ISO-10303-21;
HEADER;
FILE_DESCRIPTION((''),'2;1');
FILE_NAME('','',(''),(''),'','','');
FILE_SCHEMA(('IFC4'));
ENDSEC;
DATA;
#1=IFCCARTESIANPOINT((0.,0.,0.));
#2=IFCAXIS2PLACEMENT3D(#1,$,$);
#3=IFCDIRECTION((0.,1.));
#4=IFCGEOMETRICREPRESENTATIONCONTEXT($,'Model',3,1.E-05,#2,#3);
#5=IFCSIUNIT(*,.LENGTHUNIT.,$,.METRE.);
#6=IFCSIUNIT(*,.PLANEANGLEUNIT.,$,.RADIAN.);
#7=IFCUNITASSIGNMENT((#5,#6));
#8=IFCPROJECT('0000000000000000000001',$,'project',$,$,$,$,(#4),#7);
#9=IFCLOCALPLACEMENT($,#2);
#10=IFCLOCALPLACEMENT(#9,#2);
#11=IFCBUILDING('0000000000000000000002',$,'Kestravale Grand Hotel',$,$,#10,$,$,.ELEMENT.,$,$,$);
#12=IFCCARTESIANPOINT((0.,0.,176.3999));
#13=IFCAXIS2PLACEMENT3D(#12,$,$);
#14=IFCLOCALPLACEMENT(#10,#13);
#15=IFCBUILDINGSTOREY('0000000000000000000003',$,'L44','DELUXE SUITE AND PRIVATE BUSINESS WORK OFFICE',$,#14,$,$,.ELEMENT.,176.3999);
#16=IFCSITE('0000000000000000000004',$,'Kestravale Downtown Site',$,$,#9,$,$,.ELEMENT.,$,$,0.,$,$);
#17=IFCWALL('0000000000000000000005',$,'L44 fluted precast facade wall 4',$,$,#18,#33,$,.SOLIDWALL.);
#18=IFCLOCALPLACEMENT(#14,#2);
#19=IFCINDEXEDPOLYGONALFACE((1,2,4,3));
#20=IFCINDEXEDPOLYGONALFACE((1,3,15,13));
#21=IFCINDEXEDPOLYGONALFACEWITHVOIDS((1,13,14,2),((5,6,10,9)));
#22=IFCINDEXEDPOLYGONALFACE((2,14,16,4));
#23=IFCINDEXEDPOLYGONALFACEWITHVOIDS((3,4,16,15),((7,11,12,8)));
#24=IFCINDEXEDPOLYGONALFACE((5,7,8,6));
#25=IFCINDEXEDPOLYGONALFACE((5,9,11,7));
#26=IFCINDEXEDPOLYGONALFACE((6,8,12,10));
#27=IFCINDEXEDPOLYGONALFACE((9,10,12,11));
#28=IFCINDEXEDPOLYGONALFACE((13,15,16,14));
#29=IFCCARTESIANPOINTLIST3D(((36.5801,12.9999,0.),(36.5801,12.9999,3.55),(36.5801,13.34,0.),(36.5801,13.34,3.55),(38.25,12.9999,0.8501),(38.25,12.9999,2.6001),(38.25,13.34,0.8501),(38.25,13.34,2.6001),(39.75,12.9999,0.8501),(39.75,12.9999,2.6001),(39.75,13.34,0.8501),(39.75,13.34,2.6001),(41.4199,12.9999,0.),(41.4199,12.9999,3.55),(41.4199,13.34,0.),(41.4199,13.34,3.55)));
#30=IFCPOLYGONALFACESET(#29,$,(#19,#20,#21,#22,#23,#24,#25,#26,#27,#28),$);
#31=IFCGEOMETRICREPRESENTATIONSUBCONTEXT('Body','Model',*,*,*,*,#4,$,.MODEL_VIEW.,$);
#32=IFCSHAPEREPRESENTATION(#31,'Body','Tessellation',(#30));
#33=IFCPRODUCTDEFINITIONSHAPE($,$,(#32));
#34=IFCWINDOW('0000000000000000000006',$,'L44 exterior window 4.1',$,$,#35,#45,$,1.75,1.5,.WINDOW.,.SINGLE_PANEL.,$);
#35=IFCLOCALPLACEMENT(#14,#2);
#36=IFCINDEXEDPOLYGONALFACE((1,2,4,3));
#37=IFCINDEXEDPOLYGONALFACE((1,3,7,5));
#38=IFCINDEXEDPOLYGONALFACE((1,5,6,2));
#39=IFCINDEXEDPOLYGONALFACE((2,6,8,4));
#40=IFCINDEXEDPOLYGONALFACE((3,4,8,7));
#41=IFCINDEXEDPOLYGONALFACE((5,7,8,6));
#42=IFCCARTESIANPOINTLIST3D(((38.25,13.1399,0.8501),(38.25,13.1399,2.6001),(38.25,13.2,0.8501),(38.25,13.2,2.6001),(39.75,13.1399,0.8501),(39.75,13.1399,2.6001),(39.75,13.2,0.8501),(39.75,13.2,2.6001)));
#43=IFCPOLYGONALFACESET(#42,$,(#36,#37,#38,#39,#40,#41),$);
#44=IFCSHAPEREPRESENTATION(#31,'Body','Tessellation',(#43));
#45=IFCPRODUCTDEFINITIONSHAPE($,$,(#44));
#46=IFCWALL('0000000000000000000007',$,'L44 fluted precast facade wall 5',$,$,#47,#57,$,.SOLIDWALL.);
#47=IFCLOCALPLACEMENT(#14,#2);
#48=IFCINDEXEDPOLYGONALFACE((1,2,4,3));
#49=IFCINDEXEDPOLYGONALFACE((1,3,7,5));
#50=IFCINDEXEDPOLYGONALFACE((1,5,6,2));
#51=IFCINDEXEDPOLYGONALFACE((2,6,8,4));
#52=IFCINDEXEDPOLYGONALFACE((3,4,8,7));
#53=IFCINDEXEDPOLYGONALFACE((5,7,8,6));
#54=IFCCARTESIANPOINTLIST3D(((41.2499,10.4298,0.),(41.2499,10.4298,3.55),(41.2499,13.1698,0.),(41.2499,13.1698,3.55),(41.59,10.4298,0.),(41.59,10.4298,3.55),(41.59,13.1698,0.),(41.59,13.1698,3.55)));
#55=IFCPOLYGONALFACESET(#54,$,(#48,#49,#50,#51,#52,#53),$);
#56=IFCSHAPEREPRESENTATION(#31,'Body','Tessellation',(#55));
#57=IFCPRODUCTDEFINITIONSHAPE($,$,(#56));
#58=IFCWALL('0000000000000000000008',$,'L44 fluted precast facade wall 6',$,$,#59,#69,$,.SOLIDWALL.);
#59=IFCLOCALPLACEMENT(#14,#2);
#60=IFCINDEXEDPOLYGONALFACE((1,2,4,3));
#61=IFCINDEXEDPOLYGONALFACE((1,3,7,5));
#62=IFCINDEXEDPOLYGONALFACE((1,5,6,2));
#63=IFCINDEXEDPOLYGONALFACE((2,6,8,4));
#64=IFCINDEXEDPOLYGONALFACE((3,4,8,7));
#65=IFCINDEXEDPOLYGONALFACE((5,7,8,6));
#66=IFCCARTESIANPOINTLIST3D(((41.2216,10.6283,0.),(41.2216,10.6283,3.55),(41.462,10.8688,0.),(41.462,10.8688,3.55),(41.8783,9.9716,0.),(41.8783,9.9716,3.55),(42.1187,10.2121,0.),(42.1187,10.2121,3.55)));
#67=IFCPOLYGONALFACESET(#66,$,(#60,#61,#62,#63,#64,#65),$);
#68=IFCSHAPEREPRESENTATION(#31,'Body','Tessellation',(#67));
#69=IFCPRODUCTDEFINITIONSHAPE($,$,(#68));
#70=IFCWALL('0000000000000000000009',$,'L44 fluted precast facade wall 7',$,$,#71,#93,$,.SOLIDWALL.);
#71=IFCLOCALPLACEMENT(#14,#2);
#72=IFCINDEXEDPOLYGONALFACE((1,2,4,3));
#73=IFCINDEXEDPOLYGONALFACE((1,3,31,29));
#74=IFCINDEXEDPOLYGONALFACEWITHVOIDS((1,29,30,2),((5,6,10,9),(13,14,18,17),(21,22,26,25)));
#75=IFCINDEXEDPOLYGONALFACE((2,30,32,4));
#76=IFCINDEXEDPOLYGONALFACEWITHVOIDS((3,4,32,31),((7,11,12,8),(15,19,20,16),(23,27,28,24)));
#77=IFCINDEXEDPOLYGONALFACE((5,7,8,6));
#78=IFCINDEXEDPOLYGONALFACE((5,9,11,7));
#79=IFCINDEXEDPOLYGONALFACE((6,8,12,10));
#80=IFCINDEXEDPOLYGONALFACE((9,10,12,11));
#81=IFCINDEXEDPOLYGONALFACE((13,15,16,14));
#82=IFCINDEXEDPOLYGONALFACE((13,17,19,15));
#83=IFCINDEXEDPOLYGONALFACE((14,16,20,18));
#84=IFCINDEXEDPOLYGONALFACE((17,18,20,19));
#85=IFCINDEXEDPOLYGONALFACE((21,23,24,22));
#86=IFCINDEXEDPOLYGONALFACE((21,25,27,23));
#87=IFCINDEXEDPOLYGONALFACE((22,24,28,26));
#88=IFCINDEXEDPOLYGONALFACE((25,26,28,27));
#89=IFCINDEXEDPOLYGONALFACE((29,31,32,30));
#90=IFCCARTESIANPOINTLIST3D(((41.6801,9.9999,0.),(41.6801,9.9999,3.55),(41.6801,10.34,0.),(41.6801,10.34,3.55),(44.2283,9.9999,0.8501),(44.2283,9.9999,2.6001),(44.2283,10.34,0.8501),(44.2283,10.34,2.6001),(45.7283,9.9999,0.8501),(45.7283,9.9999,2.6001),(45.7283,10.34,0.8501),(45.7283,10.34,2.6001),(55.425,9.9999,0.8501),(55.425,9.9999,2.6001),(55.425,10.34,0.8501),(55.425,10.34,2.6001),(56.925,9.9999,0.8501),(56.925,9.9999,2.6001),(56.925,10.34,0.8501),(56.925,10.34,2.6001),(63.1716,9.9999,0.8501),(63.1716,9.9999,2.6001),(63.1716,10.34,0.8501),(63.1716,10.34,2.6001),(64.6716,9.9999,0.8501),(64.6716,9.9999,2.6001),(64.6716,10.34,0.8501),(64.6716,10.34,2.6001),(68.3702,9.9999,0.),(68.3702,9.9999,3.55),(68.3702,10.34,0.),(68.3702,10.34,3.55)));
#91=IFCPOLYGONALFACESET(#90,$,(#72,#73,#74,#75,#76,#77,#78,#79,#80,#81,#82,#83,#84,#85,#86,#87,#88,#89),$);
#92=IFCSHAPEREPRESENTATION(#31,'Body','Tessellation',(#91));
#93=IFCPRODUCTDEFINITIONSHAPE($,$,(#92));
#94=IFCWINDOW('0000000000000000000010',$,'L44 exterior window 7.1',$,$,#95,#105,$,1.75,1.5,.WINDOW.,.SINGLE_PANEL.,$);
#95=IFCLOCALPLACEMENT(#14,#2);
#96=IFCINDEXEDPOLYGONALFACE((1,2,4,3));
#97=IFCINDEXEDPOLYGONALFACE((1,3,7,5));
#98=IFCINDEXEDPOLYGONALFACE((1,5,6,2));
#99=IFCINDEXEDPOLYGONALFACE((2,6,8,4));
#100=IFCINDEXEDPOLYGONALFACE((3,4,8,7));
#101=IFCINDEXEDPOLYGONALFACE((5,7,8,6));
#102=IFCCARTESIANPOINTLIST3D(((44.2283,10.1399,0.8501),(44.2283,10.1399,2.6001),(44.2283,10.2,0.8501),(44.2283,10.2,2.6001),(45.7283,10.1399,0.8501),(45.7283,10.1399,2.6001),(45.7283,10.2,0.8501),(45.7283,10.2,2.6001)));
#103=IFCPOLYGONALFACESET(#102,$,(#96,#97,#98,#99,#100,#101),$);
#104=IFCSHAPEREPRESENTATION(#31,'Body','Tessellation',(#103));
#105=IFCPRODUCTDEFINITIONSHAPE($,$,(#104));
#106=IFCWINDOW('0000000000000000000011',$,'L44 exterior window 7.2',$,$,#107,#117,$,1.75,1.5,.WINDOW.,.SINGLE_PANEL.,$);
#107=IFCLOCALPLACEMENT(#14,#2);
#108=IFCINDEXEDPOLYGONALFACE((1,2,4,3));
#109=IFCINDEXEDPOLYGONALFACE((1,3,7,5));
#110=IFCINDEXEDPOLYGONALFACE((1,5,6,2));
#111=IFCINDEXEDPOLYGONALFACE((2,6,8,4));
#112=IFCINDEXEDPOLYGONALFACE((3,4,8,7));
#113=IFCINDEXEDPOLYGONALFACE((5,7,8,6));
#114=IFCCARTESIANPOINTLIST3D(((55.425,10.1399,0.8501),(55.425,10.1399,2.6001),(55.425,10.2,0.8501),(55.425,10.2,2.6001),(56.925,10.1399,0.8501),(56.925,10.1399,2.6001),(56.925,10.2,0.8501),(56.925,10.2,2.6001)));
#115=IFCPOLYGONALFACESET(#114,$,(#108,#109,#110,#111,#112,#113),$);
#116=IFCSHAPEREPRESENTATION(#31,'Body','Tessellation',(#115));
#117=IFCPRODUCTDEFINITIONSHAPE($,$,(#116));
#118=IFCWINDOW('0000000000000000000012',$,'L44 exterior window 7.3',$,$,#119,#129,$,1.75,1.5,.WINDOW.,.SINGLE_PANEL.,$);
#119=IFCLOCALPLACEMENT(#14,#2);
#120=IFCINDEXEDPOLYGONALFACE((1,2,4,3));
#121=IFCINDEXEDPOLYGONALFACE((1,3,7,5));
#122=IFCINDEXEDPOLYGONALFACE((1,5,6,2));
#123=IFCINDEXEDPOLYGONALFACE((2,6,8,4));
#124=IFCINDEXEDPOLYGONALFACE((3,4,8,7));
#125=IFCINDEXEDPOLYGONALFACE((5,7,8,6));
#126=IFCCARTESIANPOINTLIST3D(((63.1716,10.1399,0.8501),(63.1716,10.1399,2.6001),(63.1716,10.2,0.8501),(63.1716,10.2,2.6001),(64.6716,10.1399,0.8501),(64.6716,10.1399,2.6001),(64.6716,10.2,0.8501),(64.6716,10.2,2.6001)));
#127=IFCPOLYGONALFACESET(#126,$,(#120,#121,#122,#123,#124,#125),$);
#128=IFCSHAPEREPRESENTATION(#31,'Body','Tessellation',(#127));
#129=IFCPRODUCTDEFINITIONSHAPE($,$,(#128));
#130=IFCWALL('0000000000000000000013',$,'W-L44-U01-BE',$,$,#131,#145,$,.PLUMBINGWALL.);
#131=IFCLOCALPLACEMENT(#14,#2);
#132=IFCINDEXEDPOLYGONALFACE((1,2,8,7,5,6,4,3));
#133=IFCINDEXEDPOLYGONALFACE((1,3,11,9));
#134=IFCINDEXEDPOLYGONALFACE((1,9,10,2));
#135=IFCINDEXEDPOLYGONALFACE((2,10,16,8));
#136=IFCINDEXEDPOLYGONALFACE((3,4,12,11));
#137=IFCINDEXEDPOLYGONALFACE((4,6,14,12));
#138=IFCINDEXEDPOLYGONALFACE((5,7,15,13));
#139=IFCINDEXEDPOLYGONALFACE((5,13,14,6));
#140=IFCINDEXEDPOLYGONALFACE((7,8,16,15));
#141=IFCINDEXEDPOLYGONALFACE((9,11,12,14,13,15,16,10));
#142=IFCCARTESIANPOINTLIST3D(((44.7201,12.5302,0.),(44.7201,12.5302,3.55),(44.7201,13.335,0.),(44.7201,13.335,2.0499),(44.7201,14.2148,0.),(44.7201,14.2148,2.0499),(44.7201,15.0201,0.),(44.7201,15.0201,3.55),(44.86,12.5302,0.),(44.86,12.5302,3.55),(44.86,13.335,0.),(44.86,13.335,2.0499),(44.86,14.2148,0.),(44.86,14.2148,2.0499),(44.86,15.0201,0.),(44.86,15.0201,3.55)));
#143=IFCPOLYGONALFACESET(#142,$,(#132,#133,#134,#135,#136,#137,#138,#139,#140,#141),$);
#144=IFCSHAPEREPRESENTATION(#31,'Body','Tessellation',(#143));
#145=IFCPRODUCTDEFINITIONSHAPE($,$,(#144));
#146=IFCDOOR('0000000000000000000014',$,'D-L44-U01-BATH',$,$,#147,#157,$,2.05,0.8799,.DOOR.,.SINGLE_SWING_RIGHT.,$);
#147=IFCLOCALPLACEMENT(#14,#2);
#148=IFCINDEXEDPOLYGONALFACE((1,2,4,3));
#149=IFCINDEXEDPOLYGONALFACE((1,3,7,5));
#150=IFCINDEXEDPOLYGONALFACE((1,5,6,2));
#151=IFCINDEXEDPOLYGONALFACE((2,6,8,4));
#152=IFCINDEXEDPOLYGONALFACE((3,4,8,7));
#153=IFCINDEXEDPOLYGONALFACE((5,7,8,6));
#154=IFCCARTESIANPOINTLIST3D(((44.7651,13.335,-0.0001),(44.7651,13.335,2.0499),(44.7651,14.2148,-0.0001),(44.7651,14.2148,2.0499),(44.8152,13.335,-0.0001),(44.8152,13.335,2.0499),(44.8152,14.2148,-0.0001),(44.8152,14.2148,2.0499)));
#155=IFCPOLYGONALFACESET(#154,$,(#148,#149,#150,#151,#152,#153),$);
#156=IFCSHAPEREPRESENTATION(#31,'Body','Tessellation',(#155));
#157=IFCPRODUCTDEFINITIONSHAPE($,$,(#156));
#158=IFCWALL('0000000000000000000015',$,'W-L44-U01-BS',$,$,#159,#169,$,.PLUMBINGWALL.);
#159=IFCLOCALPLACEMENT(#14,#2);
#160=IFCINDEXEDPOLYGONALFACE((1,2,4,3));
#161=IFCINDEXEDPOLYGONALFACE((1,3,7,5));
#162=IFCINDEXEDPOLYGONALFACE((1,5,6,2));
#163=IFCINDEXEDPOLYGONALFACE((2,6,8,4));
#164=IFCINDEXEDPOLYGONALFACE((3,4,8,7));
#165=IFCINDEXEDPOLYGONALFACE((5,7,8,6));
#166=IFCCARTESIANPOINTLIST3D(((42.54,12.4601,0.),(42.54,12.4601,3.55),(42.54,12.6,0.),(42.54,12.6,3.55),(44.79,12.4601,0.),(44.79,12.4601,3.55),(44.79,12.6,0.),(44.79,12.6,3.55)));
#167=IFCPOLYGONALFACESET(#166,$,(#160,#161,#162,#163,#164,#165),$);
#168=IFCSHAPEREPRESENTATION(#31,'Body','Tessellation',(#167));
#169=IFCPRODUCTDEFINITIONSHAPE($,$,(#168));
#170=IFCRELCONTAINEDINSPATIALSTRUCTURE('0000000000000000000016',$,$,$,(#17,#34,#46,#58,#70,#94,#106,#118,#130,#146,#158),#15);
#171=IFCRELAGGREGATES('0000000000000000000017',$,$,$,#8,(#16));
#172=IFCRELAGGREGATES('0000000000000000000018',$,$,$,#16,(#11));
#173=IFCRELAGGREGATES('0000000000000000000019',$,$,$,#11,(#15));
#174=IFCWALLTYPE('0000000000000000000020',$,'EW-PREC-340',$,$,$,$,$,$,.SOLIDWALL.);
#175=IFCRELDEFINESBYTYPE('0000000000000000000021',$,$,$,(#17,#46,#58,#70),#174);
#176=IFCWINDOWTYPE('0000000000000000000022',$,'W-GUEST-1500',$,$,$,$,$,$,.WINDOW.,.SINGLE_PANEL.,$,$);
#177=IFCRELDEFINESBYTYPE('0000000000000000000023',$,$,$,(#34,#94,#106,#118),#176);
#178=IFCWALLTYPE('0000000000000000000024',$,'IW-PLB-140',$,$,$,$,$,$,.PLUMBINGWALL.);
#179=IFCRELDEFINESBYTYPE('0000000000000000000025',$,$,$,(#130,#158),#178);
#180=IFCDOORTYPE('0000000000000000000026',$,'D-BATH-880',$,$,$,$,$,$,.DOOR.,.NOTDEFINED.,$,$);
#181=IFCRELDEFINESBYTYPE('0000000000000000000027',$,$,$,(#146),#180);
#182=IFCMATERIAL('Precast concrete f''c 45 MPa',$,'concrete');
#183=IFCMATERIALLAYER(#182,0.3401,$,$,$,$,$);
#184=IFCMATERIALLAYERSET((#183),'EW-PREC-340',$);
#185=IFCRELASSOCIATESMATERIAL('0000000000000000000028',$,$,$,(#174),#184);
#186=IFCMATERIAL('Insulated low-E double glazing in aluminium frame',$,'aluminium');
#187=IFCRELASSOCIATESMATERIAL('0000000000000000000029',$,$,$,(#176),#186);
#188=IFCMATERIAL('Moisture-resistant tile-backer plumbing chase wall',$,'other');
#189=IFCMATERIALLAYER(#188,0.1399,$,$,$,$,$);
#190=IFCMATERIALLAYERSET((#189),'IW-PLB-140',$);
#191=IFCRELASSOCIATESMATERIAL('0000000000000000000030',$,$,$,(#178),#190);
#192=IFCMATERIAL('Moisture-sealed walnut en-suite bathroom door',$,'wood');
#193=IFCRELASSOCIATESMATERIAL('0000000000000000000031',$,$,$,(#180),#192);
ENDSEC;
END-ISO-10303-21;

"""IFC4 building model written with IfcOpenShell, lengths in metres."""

from ifc_helpers import new_model, si_unit, direction, frame, frame_2d, origin, place, context, subcontext, project, spatial, rectangle, extrude, material, layer, layer_set, type_object, element, fill, save


model = new_model("IFC4")

# Units and contexts
model_context = context("Model", 3, precision=1e-05, world=origin(), true_north=direction((0.0, 1.0)))
body_context = subcontext(model_context, "Body", "Model", "MODEL_VIEW")
ifc_project = project(units=[si_unit("LENGTHUNIT", "METRE"), si_unit("PLANEANGLEUNIT", "RADIAN")], contexts=[model_context])

# Site, building, storey
site_placement = place(None, origin())
site = spatial("IfcSite", under=ifc_project, at=site_placement, Name="Kestravale Downtown Site", CompositionType="ELEMENT", RefElevation=0.0)
building_placement = place(site_placement, origin())
building = spatial("IfcBuilding", under=site, at=building_placement, Name="Kestravale Grand Hotel", CompositionType="ELEMENT")
storey_placement = place(building_placement, frame((0.0, 0.0, 176.3999)))
storey = spatial("IfcBuildingStorey", under=building, at=storey_placement, Name="L44", Description="DELUXE SUITE AND PRIVATE BUSINESS WORK OFFICE", CompositionType="ELEMENT", Elevation=176.3999)

# Wall, opening, window
ifc_material_1 = material(Name="Precast concrete f'c 45 MPa", Category="concrete")
ifc_layer_1 = layer(ifc_material_1, 0.3401)
ifc_layer_set_1 = layer_set([ifc_layer_1], Name="EW-PREC-340")
wall_type_1 = type_object("IfcWallType", Name="EW-PREC-340", PredefinedType="SOLIDWALL", material=ifc_layer_set_1)
ifc_material_2 = material(Name="Insulated low-E double glazing in aluminium frame", Category="aluminium")
window_type = type_object("IfcWindowType", Name="W-GUEST-1500", PartitioningType="SINGLE_PANEL", PredefinedType="WINDOW", material=ifc_material_2)
wall_1_placement = place(storey_placement, frame((36.5801, 13.1699, 0.0), z_axis=(0.0, 0.0, 1.0), x_axis=(1.0, 0.0, 0.0)))
wall_1 = element("IfcWall", 1, at=wall_1_placement, inside=storey, type_object=wall_type_1, Name="L44 fluted precast facade wall 4", PredefinedType="SOLIDWALL", context=body_context, shape_type="SweptSolid", body=[
    extrude(rectangle(XDim=4.8398, YDim=0.3401, at=frame_2d((2.4199, 0.0))), origin(), (0.0, 0.0, 1.0), 3.55),
])
opening_1_placement = place(wall_1_placement, frame((1.6699, 0.0, 0.8501)))
opening_1 = element("IfcOpeningElement", 2, at=opening_1_placement, cuts=wall_1, PredefinedType="OPENING", context=body_context, shape_type="SweptSolid", body=[
    extrude(rectangle(XDim=1.5, YDim=1.75, at=frame_2d((0.75, 0.875))), frame((0.0, 0.1799, 0.0), z_axis=(0.0, -1.0, 0.0), x_axis=(1.0, 0.0, 0.0)), (0.0, 0.0, 1.0), 0.3601),
])
window_1_placement = place(opening_1_placement, origin())
window_1 = element("IfcWindow", 3, at=window_1_placement, inside=storey, type_object=window_type, Name="L44 exterior window 4.1", OverallHeight=1.75, OverallWidth=1.5, PartitioningType="SINGLE_PANEL", PredefinedType="WINDOW", context=body_context, shape_type="SweptSolid", body=[
    extrude(rectangle(XDim=1.5, YDim=1.75, at=frame_2d((0.75, 0.875))), frame((0.0, 0.03, 0.0), z_axis=(0.0, -1.0, 0.0), x_axis=(1.0, 0.0, 0.0)), (0.0, 0.0, 1.0), 0.0601),
])
fill(opening_1, window_1)

# Walls
wall_2_placement = place(storey_placement, frame((41.4199, 13.1699, 0.0), z_axis=(0.0, 0.0, 1.0), x_axis=(0.0, -1.0, 0.0)))
element("IfcWall", 4, at=wall_2_placement, inside=storey, type_object=wall_type_1, Name="L44 fluted precast facade wall 5", PredefinedType="SOLIDWALL", context=body_context, shape_type="SweptSolid", body=[
    extrude(rectangle(XDim=2.74, YDim=0.3401, at=frame_2d((1.3701, 0.0))), origin(), (0.0, 0.0, 1.0), 3.55),
])
wall_3_placement = place(storey_placement, frame((41.3418, 10.7485, 0.0), z_axis=(0.0, 0.0, 1.0), x_axis=(0.707107, -0.707107, 0.0)))
element("IfcWall", 5, at=wall_3_placement, inside=storey, type_object=wall_type_1, Name="L44 fluted precast facade wall 6", PredefinedType="SOLIDWALL", context=body_context, shape_type="SweptSolid", body=[
    extrude(rectangle(XDim=0.9287, YDim=0.3401, at=frame_2d((0.4644, 0.0))), origin(), (0.0, 0.0, 1.0), 3.55),
])

# Wall, openings, windows
wall_4_placement = place(storey_placement, frame((41.6799, 10.1699, 0.0), z_axis=(0.0, 0.0, 1.0), x_axis=(1.0, 0.0, 0.0)))
wall_4 = element("IfcWall", 6, at=wall_4_placement, inside=storey, type_object=wall_type_1, Name="L44 fluted precast facade wall 7", PredefinedType="SOLIDWALL", context=body_context, shape_type="SweptSolid", body=[
    extrude(rectangle(XDim=26.6902, YDim=0.3401, at=frame_2d((13.3452, 0.0))), origin(), (0.0, 0.0, 1.0), 3.55),
])
opening_2_placement = place(wall_4_placement, frame((2.5483, 0.0, 0.8501)))
opening_2 = element("IfcOpeningElement", 7, at=opening_2_placement, cuts=wall_4, PredefinedType="OPENING", context=body_context, shape_type="SweptSolid", body=[
    extrude(rectangle(XDim=1.5, YDim=1.75, at=frame_2d((0.75, 0.875))), frame((0.0, 0.1799, 0.0), z_axis=(0.0, -1.0, 0.0), x_axis=(1.0, 0.0, 0.0)), (0.0, 0.0, 1.0), 0.3601),
])
opening_3_placement = place(wall_4_placement, frame((13.7451, 0.0, 0.8501)))
opening_3 = element("IfcOpeningElement", 8, at=opening_3_placement, cuts=wall_4, PredefinedType="OPENING", context=body_context, shape_type="SweptSolid", body=[
    extrude(rectangle(XDim=1.5, YDim=1.75, at=frame_2d((0.75, 0.875))), frame((0.0, 0.1799, 0.0), z_axis=(0.0, -1.0, 0.0), x_axis=(1.0, 0.0, 0.0)), (0.0, 0.0, 1.0), 0.3601),
])
opening_4_placement = place(wall_4_placement, frame((21.4917, 0.0, 0.8501)))
opening_4 = element("IfcOpeningElement", 9, at=opening_4_placement, cuts=wall_4, PredefinedType="OPENING", context=body_context, shape_type="SweptSolid", body=[
    extrude(rectangle(XDim=1.5, YDim=1.75, at=frame_2d((0.75, 0.875))), frame((0.0, 0.1799, 0.0), z_axis=(0.0, -1.0, 0.0), x_axis=(1.0, 0.0, 0.0)), (0.0, 0.0, 1.0), 0.3601),
])
window_2_placement = place(opening_2_placement, origin())
window_2 = element("IfcWindow", 10, at=window_2_placement, inside=storey, type_object=window_type, Name="L44 exterior window 7.1", OverallHeight=1.75, OverallWidth=1.5, PartitioningType="SINGLE_PANEL", PredefinedType="WINDOW", context=body_context, shape_type="SweptSolid", body=[
    extrude(rectangle(XDim=1.5, YDim=1.75, at=frame_2d((0.75, 0.875))), frame((0.0, 0.03, 0.0), z_axis=(0.0, -1.0, 0.0), x_axis=(1.0, 0.0, 0.0)), (0.0, 0.0, 1.0), 0.0601),
])
fill(opening_2, window_2)
window_3_placement = place(opening_3_placement, origin())
window_3 = element("IfcWindow", 11, at=window_3_placement, inside=storey, type_object=window_type, Name="L44 exterior window 7.2", OverallHeight=1.75, OverallWidth=1.5, PartitioningType="SINGLE_PANEL", PredefinedType="WINDOW", context=body_context, shape_type="SweptSolid", body=[
    extrude(rectangle(XDim=1.5, YDim=1.75, at=frame_2d((0.75, 0.875))), frame((0.0, 0.03, 0.0), z_axis=(0.0, -1.0, 0.0), x_axis=(1.0, 0.0, 0.0)), (0.0, 0.0, 1.0), 0.0601),
])
fill(opening_3, window_3)
window_4_placement = place(opening_4_placement, origin())
window_4 = element("IfcWindow", 12, at=window_4_placement, inside=storey, type_object=window_type, Name="L44 exterior window 7.3", OverallHeight=1.75, OverallWidth=1.5, PartitioningType="SINGLE_PANEL", PredefinedType="WINDOW", context=body_context, shape_type="SweptSolid", body=[
    extrude(rectangle(XDim=1.5, YDim=1.75, at=frame_2d((0.75, 0.875))), frame((0.0, 0.03, 0.0), z_axis=(0.0, -1.0, 0.0), x_axis=(1.0, 0.0, 0.0)), (0.0, 0.0, 1.0), 0.0601),
])
fill(opening_4, window_4)

# Wall, opening, door
ifc_material_3 = material(Name="Moisture-resistant tile-backer plumbing chase wall", Category="other")
ifc_layer_2 = layer(ifc_material_3, 0.1399)
ifc_layer_set_2 = layer_set([ifc_layer_2], Name="IW-PLB-140")
wall_type_2 = type_object("IfcWallType", Name="IW-PLB-140", PredefinedType="PLUMBINGWALL", material=ifc_layer_set_2)
wall_5_placement = place(storey_placement, frame((44.79, 12.53, 0.0), z_axis=(0.0, 0.0, 1.0), x_axis=(0.0, 1.0, 0.0)))
wall_5 = element("IfcWall", 13, at=wall_5_placement, inside=storey, type_object=wall_type_2, Name="W-L44-U01-BE", PredefinedType="PLUMBINGWALL", context=body_context, shape_type="SweptSolid", body=[
    extrude(rectangle(XDim=2.49, YDim=0.1399, at=frame_2d((1.2451, 0.0))), origin(), (0.0, 0.0, 1.0), 3.55),
])
opening_5_placement = place(wall_5_placement, frame((0.8049, 0.0, 0.0)))
opening_5 = element("IfcOpeningElement", 14, at=opening_5_placement, cuts=wall_5, PredefinedType="OPENING", context=body_context, shape_type="SweptSolid", body=[
    extrude(rectangle(XDim=0.8799, YDim=2.05, at=frame_2d((0.4399, 1.0249))), frame((0.0, 0.0798, 0.0), z_axis=(0.0, -1.0, 0.0), x_axis=(1.0, 0.0, 0.0)), (0.0, 0.0, 1.0), 0.1599),
])
ifc_material_4 = material(Name="Moisture-sealed walnut en-suite bathroom door", Category="wood")
door_type = type_object("IfcDoorType", Name="D-BATH-880", OperationType="NOTDEFINED", PredefinedType="DOOR", material=ifc_material_4)
door_placement = place(opening_5_placement, origin())
door = element("IfcDoor", 15, at=door_placement, inside=storey, type_object=door_type, Name="D-L44-U01-BATH", OperationType="SINGLE_SWING_RIGHT", OverallHeight=2.05, OverallWidth=0.8799, PredefinedType="DOOR", context=body_context, shape_type="SweptSolid", body=[
    extrude(rectangle(XDim=0.8799, YDim=2.05, at=frame_2d((0.4399, 1.0249))), frame((0.0, 0.0249, 0.0), z_axis=(0.0, -1.0, 0.0), x_axis=(1.0, 0.0, 0.0)), (0.0, 0.0, 1.0), 0.05),
])
fill(opening_5, door)

# Wall
wall_6_placement = place(storey_placement, frame((42.54, 12.53, 0.0), z_axis=(0.0, 0.0, 1.0), x_axis=(1.0, 0.0, 0.0)))
element("IfcWall", 16, at=wall_6_placement, inside=storey, type_object=wall_type_2, Name="W-L44-U01-BS", PredefinedType="PLUMBINGWALL", context=body_context, shape_type="SweptSolid", body=[
    extrude(rectangle(XDim=2.25, YDim=0.1399, at=frame_2d((1.125, 0.0))), origin(), (0.0, 0.0, 1.0), 3.55),
])

save(model, "model.ifc")
